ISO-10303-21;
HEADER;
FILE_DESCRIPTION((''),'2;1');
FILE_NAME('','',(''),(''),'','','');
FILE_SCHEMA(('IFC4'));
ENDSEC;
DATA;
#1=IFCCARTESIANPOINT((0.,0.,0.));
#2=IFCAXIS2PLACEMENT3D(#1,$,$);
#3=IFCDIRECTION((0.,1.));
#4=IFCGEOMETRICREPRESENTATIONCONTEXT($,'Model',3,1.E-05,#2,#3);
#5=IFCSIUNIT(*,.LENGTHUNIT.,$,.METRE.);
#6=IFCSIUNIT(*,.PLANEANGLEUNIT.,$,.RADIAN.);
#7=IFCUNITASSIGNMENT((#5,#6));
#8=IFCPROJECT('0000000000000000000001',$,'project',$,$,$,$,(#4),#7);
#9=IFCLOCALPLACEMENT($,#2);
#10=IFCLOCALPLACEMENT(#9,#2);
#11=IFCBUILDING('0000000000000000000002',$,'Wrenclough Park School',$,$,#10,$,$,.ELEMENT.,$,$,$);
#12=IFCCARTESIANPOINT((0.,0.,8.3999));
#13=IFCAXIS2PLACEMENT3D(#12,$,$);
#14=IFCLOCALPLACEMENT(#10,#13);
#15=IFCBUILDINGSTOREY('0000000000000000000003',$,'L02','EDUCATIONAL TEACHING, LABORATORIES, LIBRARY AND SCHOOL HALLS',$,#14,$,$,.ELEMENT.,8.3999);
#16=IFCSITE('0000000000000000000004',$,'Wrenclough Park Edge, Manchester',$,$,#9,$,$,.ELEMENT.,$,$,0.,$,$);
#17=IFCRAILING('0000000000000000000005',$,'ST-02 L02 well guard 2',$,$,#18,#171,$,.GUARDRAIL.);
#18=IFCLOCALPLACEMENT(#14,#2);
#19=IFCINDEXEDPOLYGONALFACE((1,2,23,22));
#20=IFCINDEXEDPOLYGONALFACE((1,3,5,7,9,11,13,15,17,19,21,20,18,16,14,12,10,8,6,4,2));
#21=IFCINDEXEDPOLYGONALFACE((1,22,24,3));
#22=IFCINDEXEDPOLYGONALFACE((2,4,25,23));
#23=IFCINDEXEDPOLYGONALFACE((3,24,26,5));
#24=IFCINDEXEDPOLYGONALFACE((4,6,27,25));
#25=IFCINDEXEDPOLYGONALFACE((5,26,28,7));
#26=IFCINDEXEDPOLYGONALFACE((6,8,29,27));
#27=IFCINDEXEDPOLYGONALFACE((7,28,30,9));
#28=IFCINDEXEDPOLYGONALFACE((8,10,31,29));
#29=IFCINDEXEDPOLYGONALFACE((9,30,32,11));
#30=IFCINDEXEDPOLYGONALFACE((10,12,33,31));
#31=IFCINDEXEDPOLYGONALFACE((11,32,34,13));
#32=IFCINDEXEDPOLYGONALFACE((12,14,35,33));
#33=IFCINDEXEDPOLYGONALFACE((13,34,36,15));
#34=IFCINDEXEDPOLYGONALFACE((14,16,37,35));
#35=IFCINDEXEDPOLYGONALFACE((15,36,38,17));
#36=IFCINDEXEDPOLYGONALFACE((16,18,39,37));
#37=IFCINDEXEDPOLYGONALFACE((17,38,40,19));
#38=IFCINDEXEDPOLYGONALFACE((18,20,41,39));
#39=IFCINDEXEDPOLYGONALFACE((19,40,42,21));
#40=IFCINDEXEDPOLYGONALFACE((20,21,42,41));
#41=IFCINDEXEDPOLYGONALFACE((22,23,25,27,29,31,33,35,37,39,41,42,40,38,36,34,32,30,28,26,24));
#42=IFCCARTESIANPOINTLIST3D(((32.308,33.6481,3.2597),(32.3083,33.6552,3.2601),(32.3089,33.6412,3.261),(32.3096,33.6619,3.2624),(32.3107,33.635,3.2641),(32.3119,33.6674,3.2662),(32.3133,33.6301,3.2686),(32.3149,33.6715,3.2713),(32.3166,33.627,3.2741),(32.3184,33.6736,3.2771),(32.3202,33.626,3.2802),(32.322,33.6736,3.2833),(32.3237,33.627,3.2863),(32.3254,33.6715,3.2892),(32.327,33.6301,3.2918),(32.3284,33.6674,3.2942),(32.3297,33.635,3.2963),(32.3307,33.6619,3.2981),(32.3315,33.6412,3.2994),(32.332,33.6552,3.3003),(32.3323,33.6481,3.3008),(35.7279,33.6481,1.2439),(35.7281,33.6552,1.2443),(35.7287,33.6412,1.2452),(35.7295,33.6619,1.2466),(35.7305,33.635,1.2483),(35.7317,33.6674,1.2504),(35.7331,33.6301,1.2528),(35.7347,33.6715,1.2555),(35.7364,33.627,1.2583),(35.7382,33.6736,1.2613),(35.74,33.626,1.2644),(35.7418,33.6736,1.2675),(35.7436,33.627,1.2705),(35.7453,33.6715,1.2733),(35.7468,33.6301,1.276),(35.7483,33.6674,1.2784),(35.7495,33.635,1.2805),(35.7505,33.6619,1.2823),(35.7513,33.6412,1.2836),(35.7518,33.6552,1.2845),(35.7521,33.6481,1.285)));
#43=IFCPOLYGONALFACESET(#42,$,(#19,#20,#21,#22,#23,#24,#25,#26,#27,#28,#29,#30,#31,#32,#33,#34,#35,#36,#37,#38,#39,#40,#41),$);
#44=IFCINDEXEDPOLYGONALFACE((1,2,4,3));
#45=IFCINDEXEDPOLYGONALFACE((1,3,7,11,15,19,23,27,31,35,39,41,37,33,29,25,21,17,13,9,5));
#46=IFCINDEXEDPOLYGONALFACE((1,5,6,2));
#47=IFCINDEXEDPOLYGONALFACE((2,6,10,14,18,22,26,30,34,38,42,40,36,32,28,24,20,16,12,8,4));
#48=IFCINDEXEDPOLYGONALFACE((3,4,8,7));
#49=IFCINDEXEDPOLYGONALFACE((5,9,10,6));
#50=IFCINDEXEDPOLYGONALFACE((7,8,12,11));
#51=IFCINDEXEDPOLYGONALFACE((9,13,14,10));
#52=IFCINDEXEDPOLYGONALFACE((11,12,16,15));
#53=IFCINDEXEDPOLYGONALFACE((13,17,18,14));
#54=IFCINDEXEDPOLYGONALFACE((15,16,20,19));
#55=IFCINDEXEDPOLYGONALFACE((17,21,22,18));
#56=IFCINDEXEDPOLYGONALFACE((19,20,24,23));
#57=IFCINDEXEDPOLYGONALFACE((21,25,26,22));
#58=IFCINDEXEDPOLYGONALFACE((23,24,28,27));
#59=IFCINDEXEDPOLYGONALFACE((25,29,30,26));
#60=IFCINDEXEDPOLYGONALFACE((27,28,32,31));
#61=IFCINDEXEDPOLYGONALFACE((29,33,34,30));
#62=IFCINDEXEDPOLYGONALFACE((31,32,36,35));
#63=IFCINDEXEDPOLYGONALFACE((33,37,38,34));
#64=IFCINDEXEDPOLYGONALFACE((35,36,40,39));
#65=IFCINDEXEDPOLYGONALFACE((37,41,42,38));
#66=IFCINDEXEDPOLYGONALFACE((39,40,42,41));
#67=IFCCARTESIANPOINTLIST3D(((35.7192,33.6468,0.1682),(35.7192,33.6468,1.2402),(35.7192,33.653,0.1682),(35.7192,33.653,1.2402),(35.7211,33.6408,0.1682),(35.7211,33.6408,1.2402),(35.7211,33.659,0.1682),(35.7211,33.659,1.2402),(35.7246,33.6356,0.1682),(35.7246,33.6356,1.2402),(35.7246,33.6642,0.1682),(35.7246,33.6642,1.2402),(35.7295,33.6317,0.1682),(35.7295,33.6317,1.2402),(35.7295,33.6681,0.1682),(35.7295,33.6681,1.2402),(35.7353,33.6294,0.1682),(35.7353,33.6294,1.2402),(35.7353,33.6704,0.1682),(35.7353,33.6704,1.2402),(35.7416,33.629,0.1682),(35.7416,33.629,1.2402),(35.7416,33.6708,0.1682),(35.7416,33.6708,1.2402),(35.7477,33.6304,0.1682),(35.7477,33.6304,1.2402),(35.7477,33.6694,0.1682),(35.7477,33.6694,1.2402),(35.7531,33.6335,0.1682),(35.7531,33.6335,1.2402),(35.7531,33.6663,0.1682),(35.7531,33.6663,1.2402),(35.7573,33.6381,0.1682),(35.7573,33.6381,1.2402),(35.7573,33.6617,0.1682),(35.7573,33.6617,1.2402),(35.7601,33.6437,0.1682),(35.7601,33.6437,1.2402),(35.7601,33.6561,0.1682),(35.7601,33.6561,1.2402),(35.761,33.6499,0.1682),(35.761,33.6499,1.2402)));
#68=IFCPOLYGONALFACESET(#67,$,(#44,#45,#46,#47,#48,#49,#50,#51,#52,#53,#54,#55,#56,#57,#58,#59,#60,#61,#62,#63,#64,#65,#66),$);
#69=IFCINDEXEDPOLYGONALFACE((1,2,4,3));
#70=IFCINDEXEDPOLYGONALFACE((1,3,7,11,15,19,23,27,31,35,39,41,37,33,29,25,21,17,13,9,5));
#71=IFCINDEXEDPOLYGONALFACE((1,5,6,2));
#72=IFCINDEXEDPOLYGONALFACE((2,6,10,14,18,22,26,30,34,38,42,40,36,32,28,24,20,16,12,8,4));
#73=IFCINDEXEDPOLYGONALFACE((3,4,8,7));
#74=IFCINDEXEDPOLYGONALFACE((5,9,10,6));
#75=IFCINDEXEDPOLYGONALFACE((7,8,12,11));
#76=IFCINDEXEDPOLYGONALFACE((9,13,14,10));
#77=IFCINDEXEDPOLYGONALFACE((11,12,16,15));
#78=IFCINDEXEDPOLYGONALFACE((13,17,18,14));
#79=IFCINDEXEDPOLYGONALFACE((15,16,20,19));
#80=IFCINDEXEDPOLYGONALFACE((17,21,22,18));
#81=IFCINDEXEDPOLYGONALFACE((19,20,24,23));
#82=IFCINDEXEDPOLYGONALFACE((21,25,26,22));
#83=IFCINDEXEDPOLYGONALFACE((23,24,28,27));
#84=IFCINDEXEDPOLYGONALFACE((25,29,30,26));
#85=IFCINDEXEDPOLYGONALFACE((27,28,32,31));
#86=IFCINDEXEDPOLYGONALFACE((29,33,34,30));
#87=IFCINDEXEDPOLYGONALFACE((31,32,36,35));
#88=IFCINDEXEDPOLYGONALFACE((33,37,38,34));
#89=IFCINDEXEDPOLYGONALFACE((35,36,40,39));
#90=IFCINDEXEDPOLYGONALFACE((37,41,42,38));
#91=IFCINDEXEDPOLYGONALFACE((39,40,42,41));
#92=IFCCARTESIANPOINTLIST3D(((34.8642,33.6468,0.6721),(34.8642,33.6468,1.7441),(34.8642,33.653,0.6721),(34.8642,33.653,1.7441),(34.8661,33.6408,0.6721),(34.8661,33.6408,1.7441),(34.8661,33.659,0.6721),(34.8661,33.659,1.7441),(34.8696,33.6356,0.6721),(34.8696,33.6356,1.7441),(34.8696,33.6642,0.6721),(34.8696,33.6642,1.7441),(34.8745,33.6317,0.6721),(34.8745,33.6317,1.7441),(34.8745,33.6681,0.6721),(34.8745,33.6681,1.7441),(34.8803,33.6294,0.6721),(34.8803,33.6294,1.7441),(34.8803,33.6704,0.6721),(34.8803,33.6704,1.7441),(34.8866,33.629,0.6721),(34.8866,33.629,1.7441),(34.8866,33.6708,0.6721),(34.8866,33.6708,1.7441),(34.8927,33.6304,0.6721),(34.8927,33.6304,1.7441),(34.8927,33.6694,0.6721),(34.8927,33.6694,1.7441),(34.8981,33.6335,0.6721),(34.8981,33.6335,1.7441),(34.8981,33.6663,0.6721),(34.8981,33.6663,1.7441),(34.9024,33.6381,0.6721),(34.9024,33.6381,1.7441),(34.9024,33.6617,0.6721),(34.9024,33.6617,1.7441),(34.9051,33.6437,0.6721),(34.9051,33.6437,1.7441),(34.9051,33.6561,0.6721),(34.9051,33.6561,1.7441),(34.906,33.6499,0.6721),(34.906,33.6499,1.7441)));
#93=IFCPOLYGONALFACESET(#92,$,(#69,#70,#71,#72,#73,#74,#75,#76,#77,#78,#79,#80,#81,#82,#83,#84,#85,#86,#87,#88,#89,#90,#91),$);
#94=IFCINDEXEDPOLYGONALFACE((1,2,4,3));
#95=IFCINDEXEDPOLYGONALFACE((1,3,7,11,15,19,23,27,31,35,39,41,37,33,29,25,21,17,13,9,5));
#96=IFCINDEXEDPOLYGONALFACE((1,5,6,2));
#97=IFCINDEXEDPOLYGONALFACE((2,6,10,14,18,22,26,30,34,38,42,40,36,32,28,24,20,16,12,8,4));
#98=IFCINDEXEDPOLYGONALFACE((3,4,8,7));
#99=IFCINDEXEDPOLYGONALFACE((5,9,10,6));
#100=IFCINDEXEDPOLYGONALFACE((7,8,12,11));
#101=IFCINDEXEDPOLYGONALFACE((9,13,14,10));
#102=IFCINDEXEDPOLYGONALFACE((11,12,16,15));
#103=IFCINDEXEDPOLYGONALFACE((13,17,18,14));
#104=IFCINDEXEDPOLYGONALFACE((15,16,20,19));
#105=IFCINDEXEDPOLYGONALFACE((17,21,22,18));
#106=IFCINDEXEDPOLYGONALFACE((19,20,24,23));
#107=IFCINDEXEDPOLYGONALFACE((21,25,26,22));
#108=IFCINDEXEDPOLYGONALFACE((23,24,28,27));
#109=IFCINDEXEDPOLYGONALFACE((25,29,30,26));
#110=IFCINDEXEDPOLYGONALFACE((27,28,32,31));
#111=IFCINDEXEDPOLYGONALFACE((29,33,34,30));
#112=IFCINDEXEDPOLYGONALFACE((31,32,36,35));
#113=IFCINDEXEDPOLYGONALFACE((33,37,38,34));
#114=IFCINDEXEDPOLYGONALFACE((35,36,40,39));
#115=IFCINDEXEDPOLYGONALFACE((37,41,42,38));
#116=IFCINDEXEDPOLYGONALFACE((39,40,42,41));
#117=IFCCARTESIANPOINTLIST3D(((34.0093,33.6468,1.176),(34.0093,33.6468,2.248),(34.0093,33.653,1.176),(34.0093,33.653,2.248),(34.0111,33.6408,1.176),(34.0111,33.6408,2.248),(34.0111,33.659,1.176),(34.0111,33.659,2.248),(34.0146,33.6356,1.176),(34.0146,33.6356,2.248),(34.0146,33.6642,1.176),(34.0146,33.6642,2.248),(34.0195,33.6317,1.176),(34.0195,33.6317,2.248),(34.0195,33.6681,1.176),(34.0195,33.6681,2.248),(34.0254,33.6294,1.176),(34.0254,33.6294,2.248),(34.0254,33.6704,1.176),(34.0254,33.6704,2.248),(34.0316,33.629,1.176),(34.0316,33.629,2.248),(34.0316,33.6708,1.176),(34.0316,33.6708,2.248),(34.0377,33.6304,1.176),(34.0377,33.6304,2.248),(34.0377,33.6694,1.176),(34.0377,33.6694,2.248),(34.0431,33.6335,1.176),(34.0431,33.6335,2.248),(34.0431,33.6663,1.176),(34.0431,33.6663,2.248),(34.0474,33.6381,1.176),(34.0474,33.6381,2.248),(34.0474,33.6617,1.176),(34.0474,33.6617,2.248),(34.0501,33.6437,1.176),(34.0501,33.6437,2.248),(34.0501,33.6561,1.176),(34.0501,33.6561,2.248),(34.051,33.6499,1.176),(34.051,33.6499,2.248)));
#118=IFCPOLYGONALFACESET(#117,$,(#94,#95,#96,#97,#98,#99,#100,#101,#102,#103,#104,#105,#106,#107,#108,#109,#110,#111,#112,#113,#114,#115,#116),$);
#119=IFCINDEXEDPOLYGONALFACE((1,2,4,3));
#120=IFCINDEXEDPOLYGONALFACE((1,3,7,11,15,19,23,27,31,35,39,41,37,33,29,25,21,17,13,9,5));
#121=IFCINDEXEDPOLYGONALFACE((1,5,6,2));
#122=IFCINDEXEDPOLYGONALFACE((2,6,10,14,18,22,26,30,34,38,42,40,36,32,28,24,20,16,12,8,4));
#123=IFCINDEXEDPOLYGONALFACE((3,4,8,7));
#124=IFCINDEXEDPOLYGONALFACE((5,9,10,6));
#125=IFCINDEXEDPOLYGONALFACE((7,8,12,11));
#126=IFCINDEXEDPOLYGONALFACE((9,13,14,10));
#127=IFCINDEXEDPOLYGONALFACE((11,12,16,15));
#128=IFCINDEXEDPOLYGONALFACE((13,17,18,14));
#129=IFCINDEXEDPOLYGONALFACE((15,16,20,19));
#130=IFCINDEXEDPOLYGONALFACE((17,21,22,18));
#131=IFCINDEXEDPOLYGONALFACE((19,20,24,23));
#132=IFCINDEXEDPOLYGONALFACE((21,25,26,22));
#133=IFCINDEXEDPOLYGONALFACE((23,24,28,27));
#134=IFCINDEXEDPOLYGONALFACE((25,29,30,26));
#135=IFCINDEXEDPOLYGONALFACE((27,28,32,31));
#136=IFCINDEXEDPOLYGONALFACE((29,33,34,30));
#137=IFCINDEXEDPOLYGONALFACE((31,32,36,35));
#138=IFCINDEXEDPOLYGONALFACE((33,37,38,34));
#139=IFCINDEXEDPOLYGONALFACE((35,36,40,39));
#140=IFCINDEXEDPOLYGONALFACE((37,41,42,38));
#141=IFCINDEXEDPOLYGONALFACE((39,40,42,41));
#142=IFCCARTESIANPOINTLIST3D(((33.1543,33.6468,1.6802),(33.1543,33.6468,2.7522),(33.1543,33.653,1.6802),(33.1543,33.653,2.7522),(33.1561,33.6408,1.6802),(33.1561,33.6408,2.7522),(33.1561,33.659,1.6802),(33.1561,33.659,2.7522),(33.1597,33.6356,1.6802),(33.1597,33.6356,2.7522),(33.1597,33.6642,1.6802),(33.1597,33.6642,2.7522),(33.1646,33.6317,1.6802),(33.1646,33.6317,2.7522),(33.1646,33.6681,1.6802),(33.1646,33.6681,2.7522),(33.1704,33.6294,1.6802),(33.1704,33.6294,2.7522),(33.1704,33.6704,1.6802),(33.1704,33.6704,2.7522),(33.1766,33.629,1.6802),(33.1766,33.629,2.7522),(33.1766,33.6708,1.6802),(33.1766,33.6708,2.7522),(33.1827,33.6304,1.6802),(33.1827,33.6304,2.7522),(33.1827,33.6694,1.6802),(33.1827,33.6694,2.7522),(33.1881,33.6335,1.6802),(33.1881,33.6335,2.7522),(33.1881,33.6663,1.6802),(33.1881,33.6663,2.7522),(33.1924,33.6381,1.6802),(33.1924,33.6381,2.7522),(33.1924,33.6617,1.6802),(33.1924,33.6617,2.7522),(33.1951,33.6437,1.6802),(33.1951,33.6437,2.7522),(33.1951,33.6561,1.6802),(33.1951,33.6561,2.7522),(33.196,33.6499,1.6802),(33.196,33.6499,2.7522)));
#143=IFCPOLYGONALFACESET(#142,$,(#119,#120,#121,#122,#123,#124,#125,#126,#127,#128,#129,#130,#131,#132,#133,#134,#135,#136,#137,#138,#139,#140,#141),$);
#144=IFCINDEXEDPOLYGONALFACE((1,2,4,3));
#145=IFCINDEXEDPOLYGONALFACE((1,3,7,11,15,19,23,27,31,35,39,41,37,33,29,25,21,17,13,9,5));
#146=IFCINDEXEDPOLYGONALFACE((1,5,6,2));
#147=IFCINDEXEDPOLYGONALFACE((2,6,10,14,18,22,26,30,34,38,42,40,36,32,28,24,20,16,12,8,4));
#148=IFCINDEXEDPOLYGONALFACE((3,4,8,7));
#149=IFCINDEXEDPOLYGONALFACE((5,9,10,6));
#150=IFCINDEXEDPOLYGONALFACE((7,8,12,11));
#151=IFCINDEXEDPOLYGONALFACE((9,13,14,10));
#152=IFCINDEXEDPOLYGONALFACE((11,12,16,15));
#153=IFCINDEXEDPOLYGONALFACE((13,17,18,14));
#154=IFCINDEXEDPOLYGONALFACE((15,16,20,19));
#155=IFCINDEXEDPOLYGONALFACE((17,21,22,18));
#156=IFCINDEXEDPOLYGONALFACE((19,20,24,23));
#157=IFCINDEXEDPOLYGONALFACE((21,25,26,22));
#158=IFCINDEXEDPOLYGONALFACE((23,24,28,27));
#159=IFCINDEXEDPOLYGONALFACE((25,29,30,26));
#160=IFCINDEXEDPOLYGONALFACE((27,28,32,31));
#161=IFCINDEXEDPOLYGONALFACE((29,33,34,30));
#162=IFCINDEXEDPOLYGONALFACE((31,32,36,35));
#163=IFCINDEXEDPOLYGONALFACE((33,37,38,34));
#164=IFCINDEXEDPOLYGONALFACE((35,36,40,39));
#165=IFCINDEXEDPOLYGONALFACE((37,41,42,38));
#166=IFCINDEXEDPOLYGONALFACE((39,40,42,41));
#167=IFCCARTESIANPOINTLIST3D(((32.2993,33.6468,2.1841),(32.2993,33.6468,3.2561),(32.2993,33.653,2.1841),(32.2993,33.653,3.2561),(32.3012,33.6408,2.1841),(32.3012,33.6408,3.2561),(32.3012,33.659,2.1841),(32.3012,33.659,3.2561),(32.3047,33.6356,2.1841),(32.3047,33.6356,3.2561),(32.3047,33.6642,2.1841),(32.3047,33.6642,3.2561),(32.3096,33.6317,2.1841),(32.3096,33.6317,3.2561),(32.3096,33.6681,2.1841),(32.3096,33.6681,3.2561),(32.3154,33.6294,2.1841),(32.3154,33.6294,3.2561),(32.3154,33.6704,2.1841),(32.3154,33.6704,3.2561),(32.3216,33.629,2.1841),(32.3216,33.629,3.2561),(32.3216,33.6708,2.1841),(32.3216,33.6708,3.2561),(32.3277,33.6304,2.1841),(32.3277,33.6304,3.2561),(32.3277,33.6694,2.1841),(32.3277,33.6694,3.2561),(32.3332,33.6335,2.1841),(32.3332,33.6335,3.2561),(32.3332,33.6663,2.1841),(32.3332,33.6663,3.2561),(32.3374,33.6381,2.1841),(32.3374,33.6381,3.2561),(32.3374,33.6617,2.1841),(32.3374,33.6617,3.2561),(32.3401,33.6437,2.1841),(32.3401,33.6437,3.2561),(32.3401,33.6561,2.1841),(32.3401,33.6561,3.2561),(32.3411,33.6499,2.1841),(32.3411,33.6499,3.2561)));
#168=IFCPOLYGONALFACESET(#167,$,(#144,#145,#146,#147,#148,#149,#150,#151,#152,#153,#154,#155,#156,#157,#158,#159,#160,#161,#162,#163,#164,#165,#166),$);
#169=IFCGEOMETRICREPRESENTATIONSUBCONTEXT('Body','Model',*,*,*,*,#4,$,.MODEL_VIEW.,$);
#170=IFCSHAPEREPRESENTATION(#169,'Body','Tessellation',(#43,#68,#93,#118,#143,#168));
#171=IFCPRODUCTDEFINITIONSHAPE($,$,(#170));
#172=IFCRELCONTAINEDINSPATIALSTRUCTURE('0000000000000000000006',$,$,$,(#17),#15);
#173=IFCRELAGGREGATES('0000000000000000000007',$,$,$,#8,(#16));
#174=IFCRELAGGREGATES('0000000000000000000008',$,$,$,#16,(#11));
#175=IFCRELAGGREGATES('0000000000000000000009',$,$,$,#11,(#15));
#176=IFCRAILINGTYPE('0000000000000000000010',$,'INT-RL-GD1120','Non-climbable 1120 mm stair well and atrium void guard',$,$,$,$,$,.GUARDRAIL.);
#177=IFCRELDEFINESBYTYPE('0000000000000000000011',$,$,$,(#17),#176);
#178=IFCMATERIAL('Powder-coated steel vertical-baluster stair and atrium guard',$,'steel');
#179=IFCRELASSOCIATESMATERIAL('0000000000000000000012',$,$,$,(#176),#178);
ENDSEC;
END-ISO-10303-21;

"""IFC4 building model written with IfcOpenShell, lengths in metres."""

from ifc_helpers import new_model, si_unit, direction, frame, origin, origin_2d, place, context, subcontext, project, spatial, circle, extrude, material, type_object, element, save


model = new_model("IFC4")

# Units and contexts
model_context = context("Model", 3, precision=1e-05, world=origin(), true_north=direction((0.0, 1.0)))
body_context = subcontext(model_context, "Body", "Model", "MODEL_VIEW")
ifc_project = project(units=[si_unit("LENGTHUNIT", "METRE"), si_unit("PLANEANGLEUNIT", "RADIAN")], contexts=[model_context])

# Site, building, storey
site_placement = place(None, origin())
site = spatial("IfcSite", under=ifc_project, at=site_placement, Name="Wrenclough Park Edge, Manchester", CompositionType="ELEMENT", RefElevation=0.0)
building_placement = place(site_placement, origin())
building = spatial("IfcBuilding", under=site, at=building_placement, Name="Wrenclough Park School", CompositionType="ELEMENT")
storey_placement = place(building_placement, frame((0.0, 0.0, 8.3999)))
storey = spatial("IfcBuildingStorey", under=building, at=storey_placement, Name="L02", Description="EDUCATIONAL TEACHING, LABORATORIES, LIBRARY AND SCHOOL HALLS", CompositionType="ELEMENT", Elevation=8.3999)

# Railing
ifc_material_1 = material(Name="Powder-coated steel vertical-baluster stair and atrium guard", Category="steel")
railing_type_1 = type_object("IfcRailingType", Name="INT-RL-GD1120", Description="Non-climbable 1120 mm stair well and atrium void guard", PredefinedType="GUARDRAIL", material=ifc_material_1)
railing_1_placement = place(storey_placement, frame((35.74, 33.6499, 0.1682)))
element("IfcRailing", 1, at=railing_1_placement, inside=storey, type_object=railing_type_1, Name="ST-02 L02 well guard 2", PredefinedType="GUARDRAIL", context=body_context, shape_type="SweptSolid", body=[
    extrude(circle(Radius=0.0239, at=origin_2d()), frame((0.0, 0.0, 1.0962), z_axis=(-0.861477, 0.0, 0.507797), x_axis=(0.0, -1.0, 0.0)), (0.0, 0.0, 1.0), 3.9697),
    extrude(circle(Radius=0.021, at=origin_2d()), origin(), (0.0, 0.0, 1.0), 1.072),
    extrude(circle(Radius=0.021, at=origin_2d()), frame((-0.855, 0.0, 0.5039)), (0.0, 0.0, 1.0), 1.072),
    extrude(circle(Radius=0.021, at=origin_2d()), frame((-1.71, 0.0, 1.0078)), (0.0, 0.0, 1.0), 1.072),
    extrude(circle(Radius=0.021, at=origin_2d()), frame((-2.5649, 0.0, 1.512)), (0.0, 0.0, 1.0), 1.072),
    extrude(circle(Radius=0.021, at=origin_2d()), frame((-3.4199, 0.0, 2.0159)), (0.0, 0.0, 1.0), 1.072),
])

save(model, "model.ifc")
